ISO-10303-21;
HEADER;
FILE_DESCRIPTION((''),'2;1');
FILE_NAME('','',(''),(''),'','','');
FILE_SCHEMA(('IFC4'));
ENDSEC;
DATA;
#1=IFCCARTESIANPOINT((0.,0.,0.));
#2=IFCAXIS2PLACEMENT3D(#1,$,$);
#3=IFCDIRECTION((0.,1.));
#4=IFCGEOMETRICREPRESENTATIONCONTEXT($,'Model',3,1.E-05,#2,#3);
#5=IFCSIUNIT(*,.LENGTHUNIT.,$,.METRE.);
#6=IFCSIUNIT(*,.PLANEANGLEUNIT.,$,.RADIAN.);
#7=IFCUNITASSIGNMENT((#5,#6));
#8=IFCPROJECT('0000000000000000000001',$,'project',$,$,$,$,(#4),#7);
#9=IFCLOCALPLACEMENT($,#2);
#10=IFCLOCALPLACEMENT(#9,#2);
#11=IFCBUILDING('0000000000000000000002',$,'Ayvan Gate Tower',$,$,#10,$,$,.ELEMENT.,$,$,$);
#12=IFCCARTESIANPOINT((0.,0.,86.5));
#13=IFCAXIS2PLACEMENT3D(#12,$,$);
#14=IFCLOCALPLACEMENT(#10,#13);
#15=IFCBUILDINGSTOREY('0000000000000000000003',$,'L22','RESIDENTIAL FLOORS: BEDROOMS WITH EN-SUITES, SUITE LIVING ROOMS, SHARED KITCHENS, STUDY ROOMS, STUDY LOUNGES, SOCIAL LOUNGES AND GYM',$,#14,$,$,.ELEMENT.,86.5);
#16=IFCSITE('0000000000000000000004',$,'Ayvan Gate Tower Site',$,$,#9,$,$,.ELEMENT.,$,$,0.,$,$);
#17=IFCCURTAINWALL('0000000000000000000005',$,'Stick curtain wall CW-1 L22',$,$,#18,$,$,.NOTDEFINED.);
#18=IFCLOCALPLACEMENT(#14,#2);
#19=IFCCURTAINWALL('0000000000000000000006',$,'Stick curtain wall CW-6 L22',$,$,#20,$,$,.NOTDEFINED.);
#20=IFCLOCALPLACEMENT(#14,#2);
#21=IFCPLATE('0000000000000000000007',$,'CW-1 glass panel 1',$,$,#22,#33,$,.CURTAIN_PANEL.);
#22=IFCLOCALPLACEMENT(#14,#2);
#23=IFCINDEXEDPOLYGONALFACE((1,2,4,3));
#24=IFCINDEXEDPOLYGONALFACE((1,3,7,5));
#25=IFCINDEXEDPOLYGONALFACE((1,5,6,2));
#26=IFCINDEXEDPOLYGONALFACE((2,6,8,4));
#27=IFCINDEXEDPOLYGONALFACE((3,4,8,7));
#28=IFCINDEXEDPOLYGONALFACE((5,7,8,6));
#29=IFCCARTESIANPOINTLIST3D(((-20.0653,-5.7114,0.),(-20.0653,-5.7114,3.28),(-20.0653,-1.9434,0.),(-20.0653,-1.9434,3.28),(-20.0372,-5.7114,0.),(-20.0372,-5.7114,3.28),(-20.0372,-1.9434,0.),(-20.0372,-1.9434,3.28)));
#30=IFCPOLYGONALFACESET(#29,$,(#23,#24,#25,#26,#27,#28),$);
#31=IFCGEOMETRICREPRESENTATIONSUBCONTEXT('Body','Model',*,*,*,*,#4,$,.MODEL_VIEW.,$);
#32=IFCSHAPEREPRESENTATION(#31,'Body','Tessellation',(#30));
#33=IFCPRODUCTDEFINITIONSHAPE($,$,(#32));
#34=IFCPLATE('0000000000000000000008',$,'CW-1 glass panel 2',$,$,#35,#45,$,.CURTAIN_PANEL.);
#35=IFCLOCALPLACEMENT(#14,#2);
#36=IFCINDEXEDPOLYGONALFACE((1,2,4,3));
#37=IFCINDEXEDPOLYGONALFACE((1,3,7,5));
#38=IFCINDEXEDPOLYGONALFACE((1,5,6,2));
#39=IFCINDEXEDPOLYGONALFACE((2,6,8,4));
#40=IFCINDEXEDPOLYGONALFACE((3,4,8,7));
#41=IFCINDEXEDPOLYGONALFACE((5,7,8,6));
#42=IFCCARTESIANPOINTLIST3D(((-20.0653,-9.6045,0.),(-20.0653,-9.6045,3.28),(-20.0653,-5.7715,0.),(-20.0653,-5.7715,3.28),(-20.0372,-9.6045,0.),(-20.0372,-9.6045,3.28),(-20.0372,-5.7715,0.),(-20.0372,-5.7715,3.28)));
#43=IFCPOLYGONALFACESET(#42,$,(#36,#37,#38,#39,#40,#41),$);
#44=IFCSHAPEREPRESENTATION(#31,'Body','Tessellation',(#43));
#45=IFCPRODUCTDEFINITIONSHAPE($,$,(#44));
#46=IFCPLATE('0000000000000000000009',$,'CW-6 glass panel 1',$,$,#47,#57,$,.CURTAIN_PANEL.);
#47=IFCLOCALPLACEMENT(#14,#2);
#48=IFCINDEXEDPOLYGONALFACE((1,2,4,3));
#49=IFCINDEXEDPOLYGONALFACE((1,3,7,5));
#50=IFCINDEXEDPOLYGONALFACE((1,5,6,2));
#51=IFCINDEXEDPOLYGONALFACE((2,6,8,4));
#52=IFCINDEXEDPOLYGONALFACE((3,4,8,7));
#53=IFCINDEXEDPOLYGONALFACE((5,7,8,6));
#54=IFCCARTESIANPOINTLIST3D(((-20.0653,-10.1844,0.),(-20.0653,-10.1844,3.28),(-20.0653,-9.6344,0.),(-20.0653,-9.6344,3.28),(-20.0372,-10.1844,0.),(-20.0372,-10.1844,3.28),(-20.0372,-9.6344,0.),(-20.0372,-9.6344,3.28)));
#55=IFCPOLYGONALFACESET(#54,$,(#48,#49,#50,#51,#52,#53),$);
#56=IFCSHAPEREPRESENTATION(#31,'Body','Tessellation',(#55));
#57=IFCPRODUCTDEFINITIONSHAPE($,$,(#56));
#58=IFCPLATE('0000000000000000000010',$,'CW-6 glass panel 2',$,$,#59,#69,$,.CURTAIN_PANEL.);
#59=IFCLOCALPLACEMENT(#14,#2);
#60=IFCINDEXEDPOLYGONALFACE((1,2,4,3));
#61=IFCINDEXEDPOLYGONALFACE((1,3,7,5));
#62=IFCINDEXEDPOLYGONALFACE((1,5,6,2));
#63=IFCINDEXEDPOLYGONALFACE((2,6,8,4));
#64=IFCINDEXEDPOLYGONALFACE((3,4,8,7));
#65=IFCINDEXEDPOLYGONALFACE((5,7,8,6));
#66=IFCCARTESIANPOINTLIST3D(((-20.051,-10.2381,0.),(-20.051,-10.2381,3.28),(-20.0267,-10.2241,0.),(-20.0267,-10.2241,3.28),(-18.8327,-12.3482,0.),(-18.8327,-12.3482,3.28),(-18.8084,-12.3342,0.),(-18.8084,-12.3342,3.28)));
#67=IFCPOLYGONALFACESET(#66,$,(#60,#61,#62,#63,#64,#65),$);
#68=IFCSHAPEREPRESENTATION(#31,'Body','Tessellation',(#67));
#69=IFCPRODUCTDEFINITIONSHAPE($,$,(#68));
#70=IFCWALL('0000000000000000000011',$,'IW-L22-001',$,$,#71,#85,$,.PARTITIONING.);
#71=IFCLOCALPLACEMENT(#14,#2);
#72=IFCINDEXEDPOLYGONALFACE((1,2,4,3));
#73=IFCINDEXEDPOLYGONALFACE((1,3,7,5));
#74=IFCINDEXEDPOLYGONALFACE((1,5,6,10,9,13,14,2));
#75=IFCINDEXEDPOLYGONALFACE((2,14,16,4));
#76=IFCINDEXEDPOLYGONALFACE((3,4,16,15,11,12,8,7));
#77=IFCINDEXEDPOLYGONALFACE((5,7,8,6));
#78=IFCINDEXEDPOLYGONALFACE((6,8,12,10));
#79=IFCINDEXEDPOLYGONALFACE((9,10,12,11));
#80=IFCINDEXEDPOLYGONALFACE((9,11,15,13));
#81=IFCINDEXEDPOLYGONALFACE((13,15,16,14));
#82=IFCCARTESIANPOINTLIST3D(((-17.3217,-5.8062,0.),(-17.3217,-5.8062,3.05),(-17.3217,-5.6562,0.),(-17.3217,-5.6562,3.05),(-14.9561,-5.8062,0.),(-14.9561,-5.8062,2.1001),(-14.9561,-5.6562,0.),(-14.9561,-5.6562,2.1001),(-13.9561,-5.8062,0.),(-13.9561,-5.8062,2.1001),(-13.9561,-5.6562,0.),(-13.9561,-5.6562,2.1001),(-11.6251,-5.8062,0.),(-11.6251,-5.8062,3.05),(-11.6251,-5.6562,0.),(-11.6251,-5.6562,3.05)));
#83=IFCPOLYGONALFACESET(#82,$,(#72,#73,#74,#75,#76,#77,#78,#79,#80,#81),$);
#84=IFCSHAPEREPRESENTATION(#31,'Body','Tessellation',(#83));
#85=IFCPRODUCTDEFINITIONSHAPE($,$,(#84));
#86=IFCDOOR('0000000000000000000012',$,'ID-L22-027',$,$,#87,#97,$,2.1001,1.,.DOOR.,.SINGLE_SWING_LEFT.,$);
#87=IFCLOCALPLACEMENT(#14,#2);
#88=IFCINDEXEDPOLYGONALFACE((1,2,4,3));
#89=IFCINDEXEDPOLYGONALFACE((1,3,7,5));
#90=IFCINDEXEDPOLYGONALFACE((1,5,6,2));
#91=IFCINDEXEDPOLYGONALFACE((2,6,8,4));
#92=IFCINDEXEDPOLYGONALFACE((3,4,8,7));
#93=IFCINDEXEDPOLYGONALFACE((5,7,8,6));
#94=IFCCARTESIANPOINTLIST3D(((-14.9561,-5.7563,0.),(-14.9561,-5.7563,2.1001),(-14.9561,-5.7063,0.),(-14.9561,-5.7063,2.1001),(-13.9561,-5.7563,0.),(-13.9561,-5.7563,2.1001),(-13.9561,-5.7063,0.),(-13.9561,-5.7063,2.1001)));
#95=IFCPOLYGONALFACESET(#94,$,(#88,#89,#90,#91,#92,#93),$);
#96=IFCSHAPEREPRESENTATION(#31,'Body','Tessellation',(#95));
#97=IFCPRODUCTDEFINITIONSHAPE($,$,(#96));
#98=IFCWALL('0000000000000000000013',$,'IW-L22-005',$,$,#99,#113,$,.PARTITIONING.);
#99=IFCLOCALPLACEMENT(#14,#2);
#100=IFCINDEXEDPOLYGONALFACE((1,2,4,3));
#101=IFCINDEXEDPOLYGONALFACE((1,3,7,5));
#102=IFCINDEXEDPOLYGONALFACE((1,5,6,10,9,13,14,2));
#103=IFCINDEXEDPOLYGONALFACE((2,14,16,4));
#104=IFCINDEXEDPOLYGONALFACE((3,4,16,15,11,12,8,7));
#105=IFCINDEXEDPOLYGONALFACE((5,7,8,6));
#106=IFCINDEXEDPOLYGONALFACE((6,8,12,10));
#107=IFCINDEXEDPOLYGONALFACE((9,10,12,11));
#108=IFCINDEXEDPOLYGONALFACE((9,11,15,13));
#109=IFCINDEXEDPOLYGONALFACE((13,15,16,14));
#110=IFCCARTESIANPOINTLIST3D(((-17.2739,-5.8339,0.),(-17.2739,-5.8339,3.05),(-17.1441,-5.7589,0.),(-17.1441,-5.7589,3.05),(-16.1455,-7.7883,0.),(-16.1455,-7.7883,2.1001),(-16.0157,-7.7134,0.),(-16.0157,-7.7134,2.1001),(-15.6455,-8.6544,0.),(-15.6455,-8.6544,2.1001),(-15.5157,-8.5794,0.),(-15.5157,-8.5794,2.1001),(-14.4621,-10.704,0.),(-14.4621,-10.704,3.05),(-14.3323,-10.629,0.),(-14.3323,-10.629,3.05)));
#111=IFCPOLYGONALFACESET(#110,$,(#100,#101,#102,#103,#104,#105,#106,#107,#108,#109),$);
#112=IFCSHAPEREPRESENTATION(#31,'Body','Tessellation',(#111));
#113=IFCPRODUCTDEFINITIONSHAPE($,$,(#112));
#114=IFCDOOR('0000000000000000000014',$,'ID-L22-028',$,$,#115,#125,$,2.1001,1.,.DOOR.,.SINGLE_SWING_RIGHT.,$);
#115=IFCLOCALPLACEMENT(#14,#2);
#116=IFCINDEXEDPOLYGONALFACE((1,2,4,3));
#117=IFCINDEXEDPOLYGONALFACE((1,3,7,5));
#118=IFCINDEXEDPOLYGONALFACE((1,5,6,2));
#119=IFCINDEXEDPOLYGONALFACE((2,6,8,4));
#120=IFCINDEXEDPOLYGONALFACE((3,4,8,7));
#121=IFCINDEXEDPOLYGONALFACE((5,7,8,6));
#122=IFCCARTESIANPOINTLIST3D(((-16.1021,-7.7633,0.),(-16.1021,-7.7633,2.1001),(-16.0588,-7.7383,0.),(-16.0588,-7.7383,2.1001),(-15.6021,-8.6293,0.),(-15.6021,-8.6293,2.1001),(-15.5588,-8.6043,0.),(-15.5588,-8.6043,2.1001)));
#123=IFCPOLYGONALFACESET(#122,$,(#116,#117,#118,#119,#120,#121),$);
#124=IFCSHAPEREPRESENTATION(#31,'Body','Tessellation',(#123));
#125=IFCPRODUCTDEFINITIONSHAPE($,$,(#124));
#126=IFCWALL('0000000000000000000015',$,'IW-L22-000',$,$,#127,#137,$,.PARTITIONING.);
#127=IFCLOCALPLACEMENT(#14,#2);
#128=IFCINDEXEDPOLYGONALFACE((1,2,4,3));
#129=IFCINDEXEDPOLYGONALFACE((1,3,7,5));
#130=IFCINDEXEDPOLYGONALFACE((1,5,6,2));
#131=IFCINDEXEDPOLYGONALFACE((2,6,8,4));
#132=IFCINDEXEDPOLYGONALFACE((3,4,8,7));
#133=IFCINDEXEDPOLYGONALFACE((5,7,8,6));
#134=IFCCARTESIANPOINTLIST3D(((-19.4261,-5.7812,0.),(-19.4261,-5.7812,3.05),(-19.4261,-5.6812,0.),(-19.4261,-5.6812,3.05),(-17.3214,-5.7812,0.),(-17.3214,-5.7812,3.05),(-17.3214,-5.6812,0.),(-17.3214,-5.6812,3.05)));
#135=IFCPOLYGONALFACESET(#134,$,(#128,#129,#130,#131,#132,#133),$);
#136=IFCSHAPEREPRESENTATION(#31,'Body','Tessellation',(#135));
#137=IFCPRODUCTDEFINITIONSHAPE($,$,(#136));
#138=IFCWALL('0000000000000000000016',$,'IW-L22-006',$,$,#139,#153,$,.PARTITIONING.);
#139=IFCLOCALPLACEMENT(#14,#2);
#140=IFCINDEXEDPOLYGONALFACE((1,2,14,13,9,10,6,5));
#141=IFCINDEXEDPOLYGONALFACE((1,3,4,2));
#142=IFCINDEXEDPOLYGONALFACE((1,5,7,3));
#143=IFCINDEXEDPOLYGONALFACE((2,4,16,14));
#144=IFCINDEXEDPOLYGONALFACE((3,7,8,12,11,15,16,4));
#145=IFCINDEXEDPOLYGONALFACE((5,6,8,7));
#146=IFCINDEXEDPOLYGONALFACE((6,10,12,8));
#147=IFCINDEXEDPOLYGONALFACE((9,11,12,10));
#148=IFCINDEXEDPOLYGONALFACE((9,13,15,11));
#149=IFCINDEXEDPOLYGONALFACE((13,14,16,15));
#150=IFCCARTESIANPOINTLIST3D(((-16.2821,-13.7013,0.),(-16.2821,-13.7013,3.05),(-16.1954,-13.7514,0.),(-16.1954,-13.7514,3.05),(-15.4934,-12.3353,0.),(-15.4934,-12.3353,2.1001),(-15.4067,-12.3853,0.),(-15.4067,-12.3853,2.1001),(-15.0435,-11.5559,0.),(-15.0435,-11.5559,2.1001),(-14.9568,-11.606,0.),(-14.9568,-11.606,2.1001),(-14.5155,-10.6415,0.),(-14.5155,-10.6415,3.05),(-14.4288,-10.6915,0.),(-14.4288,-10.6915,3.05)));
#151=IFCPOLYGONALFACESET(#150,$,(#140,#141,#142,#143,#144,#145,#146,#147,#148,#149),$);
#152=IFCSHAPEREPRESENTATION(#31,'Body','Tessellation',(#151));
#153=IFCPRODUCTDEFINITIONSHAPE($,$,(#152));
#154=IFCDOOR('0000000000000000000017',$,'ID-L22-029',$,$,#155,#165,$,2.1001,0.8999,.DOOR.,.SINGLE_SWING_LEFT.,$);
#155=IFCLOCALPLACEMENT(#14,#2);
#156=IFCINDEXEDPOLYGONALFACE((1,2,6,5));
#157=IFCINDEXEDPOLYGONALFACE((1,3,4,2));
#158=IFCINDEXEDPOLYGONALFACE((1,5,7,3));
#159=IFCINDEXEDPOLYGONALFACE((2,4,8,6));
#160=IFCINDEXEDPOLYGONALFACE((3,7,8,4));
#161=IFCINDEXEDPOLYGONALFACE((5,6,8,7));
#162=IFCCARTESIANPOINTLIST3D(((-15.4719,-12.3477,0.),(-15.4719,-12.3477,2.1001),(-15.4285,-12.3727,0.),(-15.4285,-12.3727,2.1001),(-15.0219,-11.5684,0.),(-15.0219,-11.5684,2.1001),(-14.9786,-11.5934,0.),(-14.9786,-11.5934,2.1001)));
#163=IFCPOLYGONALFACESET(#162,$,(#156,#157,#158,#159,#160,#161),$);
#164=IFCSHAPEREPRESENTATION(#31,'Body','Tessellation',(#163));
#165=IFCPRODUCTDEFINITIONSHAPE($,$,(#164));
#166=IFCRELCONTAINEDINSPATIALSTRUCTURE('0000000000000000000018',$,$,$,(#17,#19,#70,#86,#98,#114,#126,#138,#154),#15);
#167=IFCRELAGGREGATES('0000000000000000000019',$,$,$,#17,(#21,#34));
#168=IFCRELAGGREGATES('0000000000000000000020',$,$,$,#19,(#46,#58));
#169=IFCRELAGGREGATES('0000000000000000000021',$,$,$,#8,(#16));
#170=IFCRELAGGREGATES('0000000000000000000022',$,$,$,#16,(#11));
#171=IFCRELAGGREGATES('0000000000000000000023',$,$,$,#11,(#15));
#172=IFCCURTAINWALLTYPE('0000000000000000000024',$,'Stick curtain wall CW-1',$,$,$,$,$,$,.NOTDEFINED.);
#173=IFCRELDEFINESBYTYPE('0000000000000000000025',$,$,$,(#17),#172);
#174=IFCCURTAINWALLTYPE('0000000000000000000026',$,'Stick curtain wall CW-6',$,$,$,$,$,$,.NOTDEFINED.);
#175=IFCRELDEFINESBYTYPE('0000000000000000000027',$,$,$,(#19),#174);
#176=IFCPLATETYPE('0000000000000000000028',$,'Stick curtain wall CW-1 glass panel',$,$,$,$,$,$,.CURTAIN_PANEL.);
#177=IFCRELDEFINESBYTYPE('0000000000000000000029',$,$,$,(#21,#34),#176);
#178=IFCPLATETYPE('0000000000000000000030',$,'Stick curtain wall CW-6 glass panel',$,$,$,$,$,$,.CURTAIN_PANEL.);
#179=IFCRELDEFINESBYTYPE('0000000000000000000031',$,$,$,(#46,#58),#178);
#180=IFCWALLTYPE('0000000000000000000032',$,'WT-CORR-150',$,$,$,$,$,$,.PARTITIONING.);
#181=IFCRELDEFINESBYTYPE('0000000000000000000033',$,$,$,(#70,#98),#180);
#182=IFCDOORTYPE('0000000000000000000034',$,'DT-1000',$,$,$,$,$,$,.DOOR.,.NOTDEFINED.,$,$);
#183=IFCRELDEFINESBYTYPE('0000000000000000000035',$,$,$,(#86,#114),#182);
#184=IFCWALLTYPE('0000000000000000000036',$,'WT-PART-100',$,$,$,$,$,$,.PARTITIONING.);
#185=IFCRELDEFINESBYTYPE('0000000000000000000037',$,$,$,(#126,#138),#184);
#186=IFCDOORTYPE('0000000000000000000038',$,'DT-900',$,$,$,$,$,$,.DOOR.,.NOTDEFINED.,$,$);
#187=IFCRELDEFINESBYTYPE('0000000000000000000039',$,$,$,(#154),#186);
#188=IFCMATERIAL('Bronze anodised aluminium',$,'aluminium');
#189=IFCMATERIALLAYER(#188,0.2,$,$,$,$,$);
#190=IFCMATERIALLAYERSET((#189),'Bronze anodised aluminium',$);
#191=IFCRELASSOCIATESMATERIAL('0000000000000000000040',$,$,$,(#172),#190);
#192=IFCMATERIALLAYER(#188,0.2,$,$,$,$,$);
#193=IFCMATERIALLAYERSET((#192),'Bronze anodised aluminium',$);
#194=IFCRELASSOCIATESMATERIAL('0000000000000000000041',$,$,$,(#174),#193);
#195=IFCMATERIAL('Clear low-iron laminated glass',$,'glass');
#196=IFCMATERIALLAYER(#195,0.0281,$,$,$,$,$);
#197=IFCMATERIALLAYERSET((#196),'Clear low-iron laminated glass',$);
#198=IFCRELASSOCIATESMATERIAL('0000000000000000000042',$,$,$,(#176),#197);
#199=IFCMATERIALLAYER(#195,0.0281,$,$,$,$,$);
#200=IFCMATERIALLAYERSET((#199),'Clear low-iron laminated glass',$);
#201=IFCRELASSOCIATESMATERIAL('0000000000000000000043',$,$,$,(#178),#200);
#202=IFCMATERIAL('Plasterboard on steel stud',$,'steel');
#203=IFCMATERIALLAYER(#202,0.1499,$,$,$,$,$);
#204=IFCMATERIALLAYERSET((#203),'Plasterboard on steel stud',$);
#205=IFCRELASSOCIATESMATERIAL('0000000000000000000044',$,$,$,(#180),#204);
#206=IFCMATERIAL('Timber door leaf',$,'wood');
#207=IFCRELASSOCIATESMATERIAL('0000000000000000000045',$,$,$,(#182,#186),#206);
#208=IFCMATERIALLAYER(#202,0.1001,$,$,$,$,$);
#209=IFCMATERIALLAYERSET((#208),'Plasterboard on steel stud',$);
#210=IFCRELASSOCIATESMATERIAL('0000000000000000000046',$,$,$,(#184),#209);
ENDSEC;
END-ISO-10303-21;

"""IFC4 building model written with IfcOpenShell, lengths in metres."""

from ifc_helpers import new_model, si_unit, direction, frame, frame_2d, origin, origin_2d, place, context, subcontext, project, spatial, rectangle, extrude, material, layer, layer_set, type_object, element, fill, aggregate, save


model = new_model("IFC4")

# Units and contexts
model_context = context("Model", 3, precision=1e-05, world=origin(), true_north=direction((0.0, 1.0)))
body_context = subcontext(model_context, "Body", "Model", "MODEL_VIEW")
ifc_project = project(units=[si_unit("LENGTHUNIT", "METRE"), si_unit("PLANEANGLEUNIT", "RADIAN")], contexts=[model_context])

# Site, building, storey
site_placement = place(None, origin())
site = spatial("IfcSite", under=ifc_project, at=site_placement, Name="Ayvan Gate Tower Site", CompositionType="ELEMENT", RefElevation=0.0)
building_placement = place(site_placement, origin())
building = spatial("IfcBuilding", under=site, at=building_placement, Name="Ayvan Gate Tower", CompositionType="ELEMENT")
storey_placement = place(building_placement, frame((0.0, 0.0, 86.5)))
storey = spatial("IfcBuildingStorey", under=building, at=storey_placement, Name="L22", Description="RESIDENTIAL FLOORS: BEDROOMS WITH EN-SUITES, SUITE LIVING ROOMS, SHARED KITCHENS, STUDY ROOMS, STUDY LOUNGES, SOCIAL LOUNGES AND GYM", CompositionType="ELEMENT", Elevation=86.5)

# Curtain walls
ifc_material_1 = material(Name="Bronze anodised aluminium", Category="aluminium")
ifc_layer_1 = layer(ifc_material_1, 0.2)
ifc_layer_set_1 = layer_set([ifc_layer_1], Name="Bronze anodised aluminium")
curtain_wall_type_1 = type_object("IfcCurtainWallType", Name="Stick curtain wall CW-1", PredefinedType="NOTDEFINED", material=ifc_layer_set_1)
curtain_wall_1_placement = place(storey_placement, origin())
curtain_wall_1 = element("IfcCurtainWall", 1, at=curtain_wall_1_placement, inside=storey, type_object=curtain_wall_type_1, Name="Stick curtain wall CW-1 L22", PredefinedType="NOTDEFINED")
ifc_layer_2 = layer(ifc_material_1, 0.2)
ifc_layer_set_2 = layer_set([ifc_layer_2], Name="Bronze anodised aluminium")
curtain_wall_type_2 = type_object("IfcCurtainWallType", Name="Stick curtain wall CW-6", PredefinedType="NOTDEFINED", material=ifc_layer_set_2)
curtain_wall_2_placement = place(storey_placement, origin())
curtain_wall_2 = element("IfcCurtainWall", 2, at=curtain_wall_2_placement, inside=storey, type_object=curtain_wall_type_2, Name="Stick curtain wall CW-6 L22", PredefinedType="NOTDEFINED")

# Plates
ifc_material_2 = material(Name="Clear low-iron laminated glass", Category="glass")
ifc_layer_3 = layer(ifc_material_2, 0.0281)
ifc_layer_set_3 = layer_set([ifc_layer_3], Name="Clear low-iron laminated glass")
plate_type_1 = type_object("IfcPlateType", Name="Stick curtain wall CW-1 glass panel", PredefinedType="CURTAIN_PANEL", material=ifc_layer_set_3)
plate_1_placement = place(storey_placement, frame((-20.0513, -3.8274, 0.0), z_axis=(0.0, 0.0, 1.0), x_axis=(0.0, -1.0, 0.0)))
plate_1 = element("IfcPlate", 3, at=plate_1_placement, type_object=plate_type_1, Name="CW-1 glass panel 1", PredefinedType="CURTAIN_PANEL", context=body_context, shape_type="SweptSolid", body=[
    extrude(rectangle(XDim=3.7681, YDim=0.0281, at=origin_2d()), origin(), (0.0, 0.0, 1.0), 3.28),
])
plate_2_placement = place(storey_placement, frame((-20.0513, -7.688, 0.0), z_axis=(0.0, 0.0, 1.0), x_axis=(0.0, -1.0, 0.0)))
plate_2 = element("IfcPlate", 4, at=plate_2_placement, type_object=plate_type_1, Name="CW-1 glass panel 2", PredefinedType="CURTAIN_PANEL", context=body_context, shape_type="SweptSolid", body=[
    extrude(rectangle(XDim=3.833, YDim=0.0281, at=origin_2d()), origin(), (0.0, 0.0, 1.0), 3.28),
])
aggregate(curtain_wall_1, [plate_1, plate_2])
ifc_layer_4 = layer(ifc_material_2, 0.0281)
ifc_layer_set_4 = layer_set([ifc_layer_4], Name="Clear low-iron laminated glass")
plate_type_2 = type_object("IfcPlateType", Name="Stick curtain wall CW-6 glass panel", PredefinedType="CURTAIN_PANEL", material=ifc_layer_set_4)
plate_3_placement = place(storey_placement, frame((-20.0513, -9.9094, 0.0), z_axis=(0.0, 0.0, 1.0), x_axis=(0.0, -1.0, 0.0)))
plate_3 = element("IfcPlate", 5, at=plate_3_placement, type_object=plate_type_2, Name="CW-6 glass panel 1", PredefinedType="CURTAIN_PANEL", context=body_context, shape_type="SweptSolid", body=[
    extrude(rectangle(XDim=0.55, YDim=0.0281, at=origin_2d()), origin(), (0.0, 0.0, 1.0), 3.28),
])
plate_4_placement = place(storey_placement, frame((-19.4297, -11.2861, 0.0), z_axis=(0.0, 0.0, 1.0), x_axis=(0.5, -0.866025, 0.0)))
plate_4 = element("IfcPlate", 6, at=plate_4_placement, type_object=plate_type_2, Name="CW-6 glass panel 2", PredefinedType="CURTAIN_PANEL", context=body_context, shape_type="SweptSolid", body=[
    extrude(rectangle(XDim=2.4365, YDim=0.0281, at=origin_2d()), origin(), (0.0, 0.0, 1.0), 3.28),
])
aggregate(curtain_wall_2, [plate_3, plate_4])

# Walls, openings, doors
ifc_material_3 = material(Name="Plasterboard on steel stud", Category="steel")
ifc_layer_5 = layer(ifc_material_3, 0.1499)
ifc_layer_set_5 = layer_set([ifc_layer_5], Name="Plasterboard on steel stud")
wall_type_1 = type_object("IfcWallType", Name="WT-CORR-150", PredefinedType="PARTITIONING", material=ifc_layer_set_5)
wall_1_placement = place(storey_placement, frame((-17.3215, -5.7312, 0.0), z_axis=(0.0, 0.0, 1.0), x_axis=(1.0, 0.0, 0.0)))
wall_1 = element("IfcWall", 7, at=wall_1_placement, inside=storey, type_object=wall_type_1, Name="IW-L22-001", PredefinedType="PARTITIONING", context=body_context, shape_type="SweptSolid", body=[
    extrude(rectangle(XDim=5.6965, YDim=0.1499, at=frame_2d((2.8481, 0.0))), origin(), (0.0, 0.0, 1.0), 3.05),
])
opening_1_placement = place(wall_1_placement, frame((2.3655, 0.0, 0.0)))
opening_1 = element("IfcOpeningElement", 8, at=opening_1_placement, cuts=wall_1, PredefinedType="OPENING", context=body_context, shape_type="SweptSolid", body=[
    extrude(rectangle(XDim=1.0, YDim=2.1001, at=frame_2d((0.5, 1.05))), frame((0.0, 0.085, 0.0), z_axis=(0.0, -1.0, 0.0), x_axis=(1.0, 0.0, 0.0)), (0.0, 0.0, 1.0), 0.1699),
])
ifc_material_4 = material(Name="Timber door leaf", Category="wood")
door_type_1 = type_object("IfcDoorType", Name="DT-1000", OperationType="NOTDEFINED", PredefinedType="DOOR", material=ifc_material_4)
door_1_placement = place(opening_1_placement, origin())
door_1 = element("IfcDoor", 9, at=door_1_placement, inside=storey, type_object=door_type_1, Name="ID-L22-027", OperationType="SINGLE_SWING_LEFT", OverallHeight=2.1001, OverallWidth=1.0, PredefinedType="DOOR", context=body_context, shape_type="SweptSolid", body=[
    extrude(rectangle(XDim=1.0, YDim=2.1001, at=frame_2d((0.5, 1.05))), frame((0.0, 0.0249, 0.0), z_axis=(0.0, -1.0, 0.0), x_axis=(1.0, 0.0, 0.0)), (0.0, 0.0, 1.0), 0.05),
])
fill(opening_1, door_1)
wall_2_placement = place(storey_placement, frame((-14.3972, -10.6665, 0.0), z_axis=(0.0, 0.0, 1.0), x_axis=(-0.500001, 0.866025, 0.0)))
wall_2 = element("IfcWall", 10, at=wall_2_placement, inside=storey, type_object=wall_type_1, Name="IW-L22-005", PredefinedType="PARTITIONING", context=body_context, shape_type="SweptSolid", body=[
    extrude(rectangle(XDim=5.6235, YDim=0.1499, at=frame_2d((2.8118, 0.0))), origin(), (0.0, 0.0, 1.0), 3.05),
])
opening_2_placement = place(wall_2_placement, frame((2.3667, 0.0, 0.0)))
opening_2 = element("IfcOpeningElement", 11, at=opening_2_placement, cuts=wall_2, PredefinedType="OPENING", context=body_context, shape_type="SweptSolid", body=[
    extrude(rectangle(XDim=1.0, YDim=2.1001, at=frame_2d((0.5, 1.05))), frame((0.0, 0.085, 0.0), z_axis=(0.0, -1.0, 0.0), x_axis=(1.0, 0.0, 0.0)), (0.0, 0.0, 1.0), 0.1699),
])
door_2_placement = place(opening_2_placement, origin())
door_2 = element("IfcDoor", 12, at=door_2_placement, inside=storey, type_object=door_type_1, Name="ID-L22-028", OperationType="SINGLE_SWING_RIGHT", OverallHeight=2.1001, OverallWidth=1.0, PredefinedType="DOOR", context=body_context, shape_type="SweptSolid", body=[
    extrude(rectangle(XDim=1.0, YDim=2.1001, at=frame_2d((0.5, 1.05))), frame((0.0, 0.0249, 0.0), z_axis=(0.0, -1.0, 0.0), x_axis=(1.0, 0.0, 0.0)), (0.0, 0.0, 1.0), 0.05),
])
fill(opening_2, door_2)

# Wall
ifc_layer_6 = layer(ifc_material_3, 0.1001)
ifc_layer_set_6 = layer_set([ifc_layer_6], Name="Plasterboard on steel stud")
wall_type_2 = type_object("IfcWallType", Name="WT-PART-100", PredefinedType="PARTITIONING", material=ifc_layer_set_6)
wall_3_placement = place(storey_placement, frame((-17.3215, -5.7312, 0.0), z_axis=(0.0, 0.0, 1.0), x_axis=(-1.0, 0.0, 0.0)))
element("IfcWall", 13, at=wall_3_placement, inside=storey, type_object=wall_type_2, Name="IW-L22-000", PredefinedType="PARTITIONING", context=body_context, shape_type="SweptSolid", body=[
    extrude(rectangle(XDim=2.1047, YDim=0.1001, at=frame_2d((1.0522, 0.0))), origin(), (0.0, 0.0, 1.0), 3.05),
])

# Wall, opening, door
wall_4_placement = place(storey_placement, frame((-14.4722, -10.6665, 0.0), z_axis=(0.0, 0.0, 1.0), x_axis=(-0.500004, -0.866023, 0.0)))
wall_4 = element("IfcWall", 14, at=wall_4_placement, inside=storey, type_object=wall_type_2, Name="IW-L22-006", PredefinedType="PARTITIONING", context=body_context, shape_type="SweptSolid", body=[
    extrude(rectangle(XDim=3.5332, YDim=0.1001, at=frame_2d((1.7666, 0.0))), origin(), (0.0, 0.0, 1.0), 3.05),
])
opening_3_placement = place(wall_4_placement, frame((1.0559, 0.0, 0.0)))
opening_3 = element("IfcOpeningElement", 15, at=opening_3_placement, cuts=wall_4, PredefinedType="OPENING", context=body_context, shape_type="SweptSolid", body=[
    extrude(rectangle(XDim=0.8999, YDim=2.1001, at=frame_2d((0.45, 1.05))), frame((0.0, 0.0601, 0.0), z_axis=(0.0, -1.0, 0.0), x_axis=(1.0, 0.0, 0.0)), (0.0, 0.0, 1.0), 0.1201),
])
door_type_2 = type_object("IfcDoorType", Name="DT-900", OperationType="NOTDEFINED", PredefinedType="DOOR", material=ifc_material_4)
door_3_placement = place(opening_3_placement, origin())
door_3 = element("IfcDoor", 16, at=door_3_placement, inside=storey, type_object=door_type_2, Name="ID-L22-029", OperationType="SINGLE_SWING_LEFT", OverallHeight=2.1001, OverallWidth=0.8999, PredefinedType="DOOR", context=body_context, shape_type="SweptSolid", body=[
    extrude(rectangle(XDim=0.8999, YDim=2.1001, at=frame_2d((0.45, 1.05))), frame((0.0, 0.0249, 0.0), z_axis=(0.0, -1.0, 0.0), x_axis=(1.0, 0.0, 0.0)), (0.0, 0.0, 1.0), 0.05),
])
fill(opening_3, door_3)

save(model, "model.ifc")
